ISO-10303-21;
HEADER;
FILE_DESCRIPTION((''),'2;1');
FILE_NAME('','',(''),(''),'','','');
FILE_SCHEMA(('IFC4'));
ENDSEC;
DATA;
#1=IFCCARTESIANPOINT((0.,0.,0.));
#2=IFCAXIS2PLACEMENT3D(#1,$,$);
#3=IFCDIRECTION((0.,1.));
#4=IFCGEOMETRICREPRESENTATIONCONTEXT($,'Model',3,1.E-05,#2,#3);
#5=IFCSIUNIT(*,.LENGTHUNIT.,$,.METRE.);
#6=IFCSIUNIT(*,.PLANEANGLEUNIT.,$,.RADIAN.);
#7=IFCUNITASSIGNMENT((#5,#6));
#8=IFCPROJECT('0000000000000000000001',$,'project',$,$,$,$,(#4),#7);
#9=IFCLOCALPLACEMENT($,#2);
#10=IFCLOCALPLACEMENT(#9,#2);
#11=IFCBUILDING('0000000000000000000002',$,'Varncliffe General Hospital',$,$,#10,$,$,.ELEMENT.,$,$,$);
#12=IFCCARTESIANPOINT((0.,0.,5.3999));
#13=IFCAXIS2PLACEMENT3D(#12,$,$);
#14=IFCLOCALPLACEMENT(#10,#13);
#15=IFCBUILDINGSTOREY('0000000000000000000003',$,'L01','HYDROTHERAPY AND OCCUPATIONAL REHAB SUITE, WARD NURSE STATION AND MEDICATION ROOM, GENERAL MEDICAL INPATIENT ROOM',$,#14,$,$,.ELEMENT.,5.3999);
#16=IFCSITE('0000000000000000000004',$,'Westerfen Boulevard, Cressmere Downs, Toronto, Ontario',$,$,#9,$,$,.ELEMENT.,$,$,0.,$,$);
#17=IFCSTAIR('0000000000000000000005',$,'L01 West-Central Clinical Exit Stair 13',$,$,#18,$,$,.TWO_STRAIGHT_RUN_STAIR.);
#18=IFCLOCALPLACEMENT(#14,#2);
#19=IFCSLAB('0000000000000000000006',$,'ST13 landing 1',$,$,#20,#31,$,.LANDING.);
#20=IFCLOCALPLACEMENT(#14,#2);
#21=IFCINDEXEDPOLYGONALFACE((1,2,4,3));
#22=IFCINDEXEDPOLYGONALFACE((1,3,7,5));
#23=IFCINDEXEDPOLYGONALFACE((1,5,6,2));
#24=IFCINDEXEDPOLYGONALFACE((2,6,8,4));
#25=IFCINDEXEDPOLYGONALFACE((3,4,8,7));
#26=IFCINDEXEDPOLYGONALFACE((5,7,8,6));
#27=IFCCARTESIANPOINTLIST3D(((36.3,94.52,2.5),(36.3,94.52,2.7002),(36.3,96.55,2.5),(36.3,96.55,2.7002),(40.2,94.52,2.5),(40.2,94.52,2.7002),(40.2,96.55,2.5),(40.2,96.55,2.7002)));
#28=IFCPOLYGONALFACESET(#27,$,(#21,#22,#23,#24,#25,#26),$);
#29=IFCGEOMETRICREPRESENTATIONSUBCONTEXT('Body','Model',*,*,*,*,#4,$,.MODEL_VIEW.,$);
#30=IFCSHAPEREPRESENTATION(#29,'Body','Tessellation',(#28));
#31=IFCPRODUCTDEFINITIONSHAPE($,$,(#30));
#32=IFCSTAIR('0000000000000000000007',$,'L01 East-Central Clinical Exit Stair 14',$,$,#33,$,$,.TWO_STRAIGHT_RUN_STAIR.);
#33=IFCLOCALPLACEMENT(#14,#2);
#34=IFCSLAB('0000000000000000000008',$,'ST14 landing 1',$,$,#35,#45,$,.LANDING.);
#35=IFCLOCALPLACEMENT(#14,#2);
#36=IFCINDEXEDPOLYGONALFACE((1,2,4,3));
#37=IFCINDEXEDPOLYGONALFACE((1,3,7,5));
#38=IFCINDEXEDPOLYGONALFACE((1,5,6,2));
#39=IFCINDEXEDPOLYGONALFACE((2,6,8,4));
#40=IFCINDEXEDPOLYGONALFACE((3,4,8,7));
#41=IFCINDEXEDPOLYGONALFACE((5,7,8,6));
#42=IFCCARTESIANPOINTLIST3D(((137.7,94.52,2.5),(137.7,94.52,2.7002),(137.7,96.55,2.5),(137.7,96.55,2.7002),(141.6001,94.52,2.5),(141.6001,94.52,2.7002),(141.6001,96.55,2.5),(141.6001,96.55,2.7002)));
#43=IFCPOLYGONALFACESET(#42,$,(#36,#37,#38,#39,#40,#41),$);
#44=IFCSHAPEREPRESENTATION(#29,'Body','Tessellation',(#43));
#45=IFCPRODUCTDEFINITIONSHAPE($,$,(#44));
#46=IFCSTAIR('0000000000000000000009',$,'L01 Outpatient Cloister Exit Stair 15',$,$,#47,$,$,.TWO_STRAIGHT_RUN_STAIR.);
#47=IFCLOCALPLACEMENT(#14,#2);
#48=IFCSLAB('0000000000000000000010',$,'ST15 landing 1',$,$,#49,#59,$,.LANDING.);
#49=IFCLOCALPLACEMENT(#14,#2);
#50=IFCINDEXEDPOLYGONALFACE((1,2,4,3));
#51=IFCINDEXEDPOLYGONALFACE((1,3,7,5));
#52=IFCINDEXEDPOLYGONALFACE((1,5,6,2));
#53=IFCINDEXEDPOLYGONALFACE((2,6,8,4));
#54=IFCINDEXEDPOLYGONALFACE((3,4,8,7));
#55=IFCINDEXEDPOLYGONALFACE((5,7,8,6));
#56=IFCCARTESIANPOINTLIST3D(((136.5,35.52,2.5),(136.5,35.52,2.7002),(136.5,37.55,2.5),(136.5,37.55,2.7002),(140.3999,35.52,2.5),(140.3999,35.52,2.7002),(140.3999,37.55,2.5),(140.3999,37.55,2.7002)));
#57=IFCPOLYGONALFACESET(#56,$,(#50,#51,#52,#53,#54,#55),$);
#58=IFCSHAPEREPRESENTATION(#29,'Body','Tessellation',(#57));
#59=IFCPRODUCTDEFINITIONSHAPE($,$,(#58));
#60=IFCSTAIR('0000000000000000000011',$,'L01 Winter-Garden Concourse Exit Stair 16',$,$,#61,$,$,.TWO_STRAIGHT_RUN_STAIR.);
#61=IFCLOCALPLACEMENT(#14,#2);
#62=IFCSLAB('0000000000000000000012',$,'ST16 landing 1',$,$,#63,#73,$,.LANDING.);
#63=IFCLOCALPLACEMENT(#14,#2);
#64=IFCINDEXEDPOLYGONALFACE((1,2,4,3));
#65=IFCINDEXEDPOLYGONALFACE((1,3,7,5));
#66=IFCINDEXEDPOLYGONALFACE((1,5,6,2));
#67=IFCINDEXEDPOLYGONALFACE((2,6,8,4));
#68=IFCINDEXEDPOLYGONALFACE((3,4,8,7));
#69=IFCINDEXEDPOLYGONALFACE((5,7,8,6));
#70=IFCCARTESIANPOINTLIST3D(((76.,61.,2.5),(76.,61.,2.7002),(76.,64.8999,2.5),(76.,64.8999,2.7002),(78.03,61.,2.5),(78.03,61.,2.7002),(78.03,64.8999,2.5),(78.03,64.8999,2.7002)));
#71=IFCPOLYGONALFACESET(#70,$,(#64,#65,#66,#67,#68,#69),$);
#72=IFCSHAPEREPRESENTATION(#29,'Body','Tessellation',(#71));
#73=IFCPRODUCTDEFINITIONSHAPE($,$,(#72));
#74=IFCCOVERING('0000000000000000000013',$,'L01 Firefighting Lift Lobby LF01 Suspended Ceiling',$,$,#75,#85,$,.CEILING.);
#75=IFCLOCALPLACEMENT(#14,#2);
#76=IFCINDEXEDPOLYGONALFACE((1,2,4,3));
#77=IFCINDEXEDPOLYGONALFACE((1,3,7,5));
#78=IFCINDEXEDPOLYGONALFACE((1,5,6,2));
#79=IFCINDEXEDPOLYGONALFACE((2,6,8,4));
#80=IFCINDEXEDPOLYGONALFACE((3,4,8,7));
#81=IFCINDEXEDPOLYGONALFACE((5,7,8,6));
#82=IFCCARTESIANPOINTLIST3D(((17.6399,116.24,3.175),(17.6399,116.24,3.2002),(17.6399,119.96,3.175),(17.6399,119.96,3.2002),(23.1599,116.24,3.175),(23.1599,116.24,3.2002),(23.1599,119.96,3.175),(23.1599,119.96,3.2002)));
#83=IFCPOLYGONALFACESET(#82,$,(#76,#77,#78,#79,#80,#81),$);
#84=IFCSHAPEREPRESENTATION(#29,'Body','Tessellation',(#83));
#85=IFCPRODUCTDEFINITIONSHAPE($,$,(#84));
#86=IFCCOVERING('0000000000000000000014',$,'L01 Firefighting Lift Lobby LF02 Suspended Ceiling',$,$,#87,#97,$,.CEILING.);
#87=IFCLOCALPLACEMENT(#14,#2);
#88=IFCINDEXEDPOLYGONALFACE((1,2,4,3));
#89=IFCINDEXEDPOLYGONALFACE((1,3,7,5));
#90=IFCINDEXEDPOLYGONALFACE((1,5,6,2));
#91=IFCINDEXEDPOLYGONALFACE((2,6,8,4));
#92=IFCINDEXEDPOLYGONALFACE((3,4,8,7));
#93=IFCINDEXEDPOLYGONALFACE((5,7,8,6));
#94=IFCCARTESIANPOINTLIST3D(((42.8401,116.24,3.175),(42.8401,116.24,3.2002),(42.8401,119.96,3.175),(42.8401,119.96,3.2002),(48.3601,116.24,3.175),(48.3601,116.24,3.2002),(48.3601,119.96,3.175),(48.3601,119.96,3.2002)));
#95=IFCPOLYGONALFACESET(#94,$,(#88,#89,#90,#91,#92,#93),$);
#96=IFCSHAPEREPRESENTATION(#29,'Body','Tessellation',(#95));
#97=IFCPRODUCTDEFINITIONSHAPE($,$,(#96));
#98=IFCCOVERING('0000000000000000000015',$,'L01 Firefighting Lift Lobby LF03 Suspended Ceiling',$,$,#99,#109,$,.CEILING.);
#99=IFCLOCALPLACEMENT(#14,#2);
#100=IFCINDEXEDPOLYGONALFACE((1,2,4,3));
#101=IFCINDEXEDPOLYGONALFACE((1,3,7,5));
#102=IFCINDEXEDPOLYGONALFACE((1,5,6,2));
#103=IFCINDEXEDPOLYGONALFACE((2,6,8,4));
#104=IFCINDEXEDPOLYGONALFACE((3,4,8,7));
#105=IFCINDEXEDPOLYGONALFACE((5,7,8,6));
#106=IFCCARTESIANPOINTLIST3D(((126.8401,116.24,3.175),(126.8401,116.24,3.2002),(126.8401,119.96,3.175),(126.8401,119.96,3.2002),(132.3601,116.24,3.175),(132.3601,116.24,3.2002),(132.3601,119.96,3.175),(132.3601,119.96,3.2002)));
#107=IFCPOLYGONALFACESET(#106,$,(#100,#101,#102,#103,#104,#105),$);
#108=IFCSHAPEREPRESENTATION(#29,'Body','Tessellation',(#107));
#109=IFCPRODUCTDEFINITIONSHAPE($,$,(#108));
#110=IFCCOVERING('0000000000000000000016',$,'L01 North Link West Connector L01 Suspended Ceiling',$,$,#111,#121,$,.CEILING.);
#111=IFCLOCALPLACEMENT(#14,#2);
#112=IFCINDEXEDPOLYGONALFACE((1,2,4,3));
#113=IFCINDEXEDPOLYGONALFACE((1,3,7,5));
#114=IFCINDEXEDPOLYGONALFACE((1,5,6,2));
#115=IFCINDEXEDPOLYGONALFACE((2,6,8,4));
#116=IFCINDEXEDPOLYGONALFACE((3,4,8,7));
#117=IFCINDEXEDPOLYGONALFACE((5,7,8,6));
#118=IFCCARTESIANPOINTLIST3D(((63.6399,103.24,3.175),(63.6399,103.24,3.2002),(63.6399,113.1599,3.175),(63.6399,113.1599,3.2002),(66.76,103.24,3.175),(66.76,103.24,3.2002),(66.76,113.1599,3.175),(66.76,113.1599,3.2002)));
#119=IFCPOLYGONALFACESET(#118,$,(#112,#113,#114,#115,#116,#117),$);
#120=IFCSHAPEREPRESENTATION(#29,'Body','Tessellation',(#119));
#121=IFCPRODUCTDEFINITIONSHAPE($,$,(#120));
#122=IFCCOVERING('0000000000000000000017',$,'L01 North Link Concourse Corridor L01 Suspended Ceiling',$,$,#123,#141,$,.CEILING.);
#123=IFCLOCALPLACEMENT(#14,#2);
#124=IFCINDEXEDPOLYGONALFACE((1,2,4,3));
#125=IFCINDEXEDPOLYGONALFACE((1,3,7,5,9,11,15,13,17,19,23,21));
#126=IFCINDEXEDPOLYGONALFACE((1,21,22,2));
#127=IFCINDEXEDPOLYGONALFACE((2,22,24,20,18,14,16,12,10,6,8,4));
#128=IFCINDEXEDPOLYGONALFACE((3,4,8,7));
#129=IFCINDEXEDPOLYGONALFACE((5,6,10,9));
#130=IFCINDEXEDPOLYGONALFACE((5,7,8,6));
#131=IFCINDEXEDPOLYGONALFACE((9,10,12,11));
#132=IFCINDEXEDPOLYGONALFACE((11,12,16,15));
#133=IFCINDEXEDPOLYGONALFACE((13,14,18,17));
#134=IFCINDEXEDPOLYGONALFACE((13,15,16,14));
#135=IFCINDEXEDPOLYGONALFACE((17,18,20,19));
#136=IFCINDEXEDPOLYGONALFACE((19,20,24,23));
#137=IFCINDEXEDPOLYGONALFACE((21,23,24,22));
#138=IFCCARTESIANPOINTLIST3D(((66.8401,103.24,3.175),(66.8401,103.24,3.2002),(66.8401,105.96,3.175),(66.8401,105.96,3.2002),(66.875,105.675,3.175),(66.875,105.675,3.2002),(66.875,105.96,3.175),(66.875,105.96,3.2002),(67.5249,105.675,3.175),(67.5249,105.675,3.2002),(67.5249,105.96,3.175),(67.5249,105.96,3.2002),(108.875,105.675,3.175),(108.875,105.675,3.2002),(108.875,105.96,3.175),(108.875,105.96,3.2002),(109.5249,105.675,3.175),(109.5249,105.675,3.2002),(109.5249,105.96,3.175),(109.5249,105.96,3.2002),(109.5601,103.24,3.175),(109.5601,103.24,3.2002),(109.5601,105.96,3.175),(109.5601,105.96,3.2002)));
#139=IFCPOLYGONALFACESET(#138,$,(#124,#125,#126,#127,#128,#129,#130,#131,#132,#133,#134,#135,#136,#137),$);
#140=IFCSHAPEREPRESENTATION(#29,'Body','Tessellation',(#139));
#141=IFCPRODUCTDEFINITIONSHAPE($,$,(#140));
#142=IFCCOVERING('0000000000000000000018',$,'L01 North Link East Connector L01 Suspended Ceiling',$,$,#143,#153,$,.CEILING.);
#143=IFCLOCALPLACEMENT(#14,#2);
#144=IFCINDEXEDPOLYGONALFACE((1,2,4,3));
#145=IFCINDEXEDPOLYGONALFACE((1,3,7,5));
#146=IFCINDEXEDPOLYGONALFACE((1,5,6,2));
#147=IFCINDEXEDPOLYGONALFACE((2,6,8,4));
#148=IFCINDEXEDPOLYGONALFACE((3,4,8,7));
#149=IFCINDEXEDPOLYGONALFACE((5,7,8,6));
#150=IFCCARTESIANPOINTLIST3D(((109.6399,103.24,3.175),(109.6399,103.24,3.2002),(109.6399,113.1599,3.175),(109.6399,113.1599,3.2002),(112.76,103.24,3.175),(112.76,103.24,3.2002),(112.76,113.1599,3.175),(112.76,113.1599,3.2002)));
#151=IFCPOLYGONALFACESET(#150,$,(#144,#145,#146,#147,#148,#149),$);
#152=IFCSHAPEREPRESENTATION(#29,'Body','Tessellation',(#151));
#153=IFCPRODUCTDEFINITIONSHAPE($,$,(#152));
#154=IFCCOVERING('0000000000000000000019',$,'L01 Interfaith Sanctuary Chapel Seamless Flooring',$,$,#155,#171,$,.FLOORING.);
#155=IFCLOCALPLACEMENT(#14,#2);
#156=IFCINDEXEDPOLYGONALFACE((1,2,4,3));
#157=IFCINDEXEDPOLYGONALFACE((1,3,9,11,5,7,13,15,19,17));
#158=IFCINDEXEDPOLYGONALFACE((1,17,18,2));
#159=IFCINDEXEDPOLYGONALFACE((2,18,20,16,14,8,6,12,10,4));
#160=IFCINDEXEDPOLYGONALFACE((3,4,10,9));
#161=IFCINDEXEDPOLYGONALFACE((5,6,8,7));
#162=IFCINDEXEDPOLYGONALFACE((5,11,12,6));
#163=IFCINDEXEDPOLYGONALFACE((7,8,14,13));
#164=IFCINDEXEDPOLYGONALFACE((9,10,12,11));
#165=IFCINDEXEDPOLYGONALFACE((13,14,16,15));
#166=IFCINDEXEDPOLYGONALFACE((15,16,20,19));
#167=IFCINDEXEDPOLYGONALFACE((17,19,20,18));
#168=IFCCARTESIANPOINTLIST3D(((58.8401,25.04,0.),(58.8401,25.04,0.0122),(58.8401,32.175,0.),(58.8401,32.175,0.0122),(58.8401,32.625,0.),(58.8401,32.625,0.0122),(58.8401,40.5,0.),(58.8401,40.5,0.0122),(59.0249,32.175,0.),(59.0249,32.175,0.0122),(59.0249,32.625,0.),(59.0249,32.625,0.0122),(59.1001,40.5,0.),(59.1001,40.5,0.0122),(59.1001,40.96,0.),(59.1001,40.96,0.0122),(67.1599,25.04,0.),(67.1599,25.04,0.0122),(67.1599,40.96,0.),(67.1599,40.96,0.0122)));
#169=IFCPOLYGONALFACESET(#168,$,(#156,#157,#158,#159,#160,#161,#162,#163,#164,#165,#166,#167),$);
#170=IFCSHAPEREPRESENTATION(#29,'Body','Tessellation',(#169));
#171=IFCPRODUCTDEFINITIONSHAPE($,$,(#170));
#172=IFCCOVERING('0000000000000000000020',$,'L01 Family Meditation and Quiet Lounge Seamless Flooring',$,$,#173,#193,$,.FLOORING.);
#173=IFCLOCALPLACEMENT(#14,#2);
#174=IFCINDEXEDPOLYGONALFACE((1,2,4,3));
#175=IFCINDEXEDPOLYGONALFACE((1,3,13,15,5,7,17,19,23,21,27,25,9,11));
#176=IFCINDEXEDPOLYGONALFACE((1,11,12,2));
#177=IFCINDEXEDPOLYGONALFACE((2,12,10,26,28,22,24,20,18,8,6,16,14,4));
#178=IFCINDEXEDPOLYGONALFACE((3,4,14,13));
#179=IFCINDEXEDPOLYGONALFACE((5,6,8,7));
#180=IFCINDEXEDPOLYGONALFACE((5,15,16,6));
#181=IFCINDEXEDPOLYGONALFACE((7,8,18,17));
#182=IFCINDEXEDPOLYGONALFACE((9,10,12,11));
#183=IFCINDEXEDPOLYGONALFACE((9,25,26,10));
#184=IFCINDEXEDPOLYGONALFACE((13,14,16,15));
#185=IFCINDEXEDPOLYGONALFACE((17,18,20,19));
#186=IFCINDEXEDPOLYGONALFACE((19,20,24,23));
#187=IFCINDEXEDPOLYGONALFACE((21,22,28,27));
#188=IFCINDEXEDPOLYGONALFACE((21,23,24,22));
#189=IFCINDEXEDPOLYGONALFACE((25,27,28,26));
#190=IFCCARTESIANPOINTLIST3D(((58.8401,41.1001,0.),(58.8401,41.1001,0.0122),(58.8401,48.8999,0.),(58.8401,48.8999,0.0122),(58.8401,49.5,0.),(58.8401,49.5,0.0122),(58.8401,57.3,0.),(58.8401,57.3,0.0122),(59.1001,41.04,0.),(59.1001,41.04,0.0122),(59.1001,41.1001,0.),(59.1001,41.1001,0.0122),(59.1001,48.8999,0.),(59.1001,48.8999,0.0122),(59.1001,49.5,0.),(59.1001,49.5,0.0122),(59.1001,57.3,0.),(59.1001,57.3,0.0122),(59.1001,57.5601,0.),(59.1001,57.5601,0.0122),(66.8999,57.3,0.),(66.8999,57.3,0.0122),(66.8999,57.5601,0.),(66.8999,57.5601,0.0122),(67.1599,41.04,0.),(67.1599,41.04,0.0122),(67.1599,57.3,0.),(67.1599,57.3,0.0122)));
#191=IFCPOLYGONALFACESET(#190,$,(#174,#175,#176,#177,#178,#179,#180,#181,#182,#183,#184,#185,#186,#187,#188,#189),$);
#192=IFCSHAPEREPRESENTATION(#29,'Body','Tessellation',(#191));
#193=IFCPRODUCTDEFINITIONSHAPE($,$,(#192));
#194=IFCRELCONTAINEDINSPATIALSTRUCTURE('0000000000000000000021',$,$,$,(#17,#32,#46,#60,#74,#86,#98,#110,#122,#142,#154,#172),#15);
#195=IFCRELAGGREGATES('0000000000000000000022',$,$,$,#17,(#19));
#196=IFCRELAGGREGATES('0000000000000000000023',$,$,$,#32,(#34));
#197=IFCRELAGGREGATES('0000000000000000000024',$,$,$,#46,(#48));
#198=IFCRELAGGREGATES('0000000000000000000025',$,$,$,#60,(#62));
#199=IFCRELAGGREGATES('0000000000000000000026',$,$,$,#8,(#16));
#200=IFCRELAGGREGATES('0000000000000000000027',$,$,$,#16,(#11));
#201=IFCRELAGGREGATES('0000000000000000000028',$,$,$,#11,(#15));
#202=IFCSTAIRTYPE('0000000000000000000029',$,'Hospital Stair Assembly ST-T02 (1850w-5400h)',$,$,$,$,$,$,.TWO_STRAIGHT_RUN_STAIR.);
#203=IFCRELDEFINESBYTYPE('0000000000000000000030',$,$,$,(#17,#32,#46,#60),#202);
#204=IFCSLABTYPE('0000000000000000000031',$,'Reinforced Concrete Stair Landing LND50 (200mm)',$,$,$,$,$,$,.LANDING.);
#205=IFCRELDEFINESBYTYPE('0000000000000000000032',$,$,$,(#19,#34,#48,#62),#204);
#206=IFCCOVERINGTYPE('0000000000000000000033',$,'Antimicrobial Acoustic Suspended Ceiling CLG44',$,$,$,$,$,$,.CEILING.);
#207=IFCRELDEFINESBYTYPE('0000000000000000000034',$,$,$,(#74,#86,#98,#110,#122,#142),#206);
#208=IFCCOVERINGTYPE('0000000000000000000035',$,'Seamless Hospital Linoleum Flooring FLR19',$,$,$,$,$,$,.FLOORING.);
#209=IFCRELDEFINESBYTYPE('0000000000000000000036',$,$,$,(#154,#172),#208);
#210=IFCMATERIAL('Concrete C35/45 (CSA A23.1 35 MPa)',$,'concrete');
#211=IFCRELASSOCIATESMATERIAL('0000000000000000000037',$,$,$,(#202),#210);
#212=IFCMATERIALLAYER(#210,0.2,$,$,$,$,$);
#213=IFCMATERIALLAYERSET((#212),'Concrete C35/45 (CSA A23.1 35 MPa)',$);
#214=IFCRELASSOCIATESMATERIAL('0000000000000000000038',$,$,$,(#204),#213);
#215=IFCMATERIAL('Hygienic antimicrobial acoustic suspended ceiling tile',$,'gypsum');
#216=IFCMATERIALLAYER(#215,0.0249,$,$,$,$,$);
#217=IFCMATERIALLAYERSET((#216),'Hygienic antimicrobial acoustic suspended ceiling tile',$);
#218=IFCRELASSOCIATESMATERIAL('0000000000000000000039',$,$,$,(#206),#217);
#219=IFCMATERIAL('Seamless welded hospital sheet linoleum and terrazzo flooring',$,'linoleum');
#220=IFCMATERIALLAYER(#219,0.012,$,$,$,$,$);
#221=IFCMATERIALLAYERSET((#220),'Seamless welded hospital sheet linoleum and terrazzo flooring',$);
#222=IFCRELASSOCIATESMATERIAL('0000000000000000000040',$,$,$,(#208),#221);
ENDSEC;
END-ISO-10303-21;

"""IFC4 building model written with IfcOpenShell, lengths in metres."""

from ifc_helpers import new_model, si_unit, direction, frame, origin, place, context, subcontext, project, spatial, polyline, outline, extrude, material, layer, layer_set, type_object, element, aggregate, save


model = new_model("IFC4")

# Units and contexts
model_context = context("Model", 3, precision=1e-05, world=origin(), true_north=direction((0.0, 1.0)))
body_context = subcontext(model_context, "Body", "Model", "MODEL_VIEW")
ifc_project = project(units=[si_unit("LENGTHUNIT", "METRE"), si_unit("PLANEANGLEUNIT", "RADIAN")], contexts=[model_context])

# Site, building, storey
site_placement = place(None, origin())
site = spatial("IfcSite", under=ifc_project, at=site_placement, Name="Westerfen Boulevard, Cressmere Downs, Toronto, Ontario", CompositionType="ELEMENT", RefElevation=0.0)
building_placement = place(site_placement, origin())
building = spatial("IfcBuilding", under=site, at=building_placement, Name="Varncliffe General Hospital", CompositionType="ELEMENT")
storey_placement = place(building_placement, frame((0.0, 0.0, 5.3999)))
storey = spatial("IfcBuildingStorey", under=building, at=storey_placement, Name="L01", Description="HYDROTHERAPY AND OCCUPATIONAL REHAB SUITE, WARD NURSE STATION AND MEDICATION ROOM, GENERAL MEDICAL INPATIENT ROOM", CompositionType="ELEMENT", Elevation=5.3999)

# Shared definitions
ifc_material_1 = material(Name="Concrete C35/45 (CSA A23.1 35 MPa)", Category="concrete")

# Stairs, slabs
stair_type = type_object("IfcStairType", Name="Hospital Stair Assembly ST-T02 (1850w-5400h)", PredefinedType="TWO_STRAIGHT_RUN_STAIR", material=ifc_material_1)
ifc_layer_1 = layer(ifc_material_1, 0.2)
ifc_layer_set_1 = layer_set([ifc_layer_1], Name="Concrete C35/45 (CSA A23.1 35 MPa)")
slab_type_1 = type_object("IfcSlabType", Name="Reinforced Concrete Stair Landing LND50 (200mm)", PredefinedType="LANDING", material=ifc_layer_set_1)
stair_1_placement = place(storey_placement, origin())
stair_1 = element("IfcStair", 1, at=stair_1_placement, inside=storey, type_object=stair_type, Name="L01 West-Central Clinical Exit Stair 13", PredefinedType="TWO_STRAIGHT_RUN_STAIR")
slab_1_placement = place(storey_placement, frame((0.0, 0.0, 2.5)))
slab_1 = element("IfcSlab", 2, at=slab_1_placement, type_object=slab_type_1, Name="ST13 landing 1", PredefinedType="LANDING", context=body_context, shape_type="SweptSolid", body=[
    extrude(outline(polyline([(40.2, 94.52), (40.2, 96.55), (36.3, 96.55), (36.3, 94.52), (40.2, 94.52)])), origin(), (0.0, 0.0, 1.0), 0.2002),
])
aggregate(stair_1, [slab_1])
stair_2_placement = place(storey_placement, origin())
stair_2 = element("IfcStair", 3, at=stair_2_placement, inside=storey, type_object=stair_type, Name="L01 East-Central Clinical Exit Stair 14", PredefinedType="TWO_STRAIGHT_RUN_STAIR")
slab_2_placement = place(storey_placement, frame((0.0, 0.0, 2.5)))
slab_2 = element("IfcSlab", 4, at=slab_2_placement, type_object=slab_type_1, Name="ST14 landing 1", PredefinedType="LANDING", context=body_context, shape_type="SweptSolid", body=[
    extrude(outline(polyline([(141.6001, 94.52), (141.6001, 96.55), (137.7, 96.55), (137.7, 94.52), (141.6001, 94.52)])), origin(), (0.0, 0.0, 1.0), 0.2002),
])
aggregate(stair_2, [slab_2])
stair_3_placement = place(storey_placement, origin())
stair_3 = element("IfcStair", 5, at=stair_3_placement, inside=storey, type_object=stair_type, Name="L01 Outpatient Cloister Exit Stair 15", PredefinedType="TWO_STRAIGHT_RUN_STAIR")
slab_3_placement = place(storey_placement, frame((0.0, 0.0, 2.5)))
slab_3 = element("IfcSlab", 6, at=slab_3_placement, type_object=slab_type_1, Name="ST15 landing 1", PredefinedType="LANDING", context=body_context, shape_type="SweptSolid", body=[
    extrude(outline(polyline([(140.3999, 35.52), (140.3999, 37.55), (136.5, 37.55), (136.5, 35.52), (140.3999, 35.52)])), origin(), (0.0, 0.0, 1.0), 0.2002),
])
aggregate(stair_3, [slab_3])
stair_4_placement = place(storey_placement, origin())
stair_4 = element("IfcStair", 7, at=stair_4_placement, inside=storey, type_object=stair_type, Name="L01 Winter-Garden Concourse Exit Stair 16", PredefinedType="TWO_STRAIGHT_RUN_STAIR")
slab_4_placement = place(storey_placement, frame((0.0, 0.0, 2.5)))
slab_4 = element("IfcSlab", 8, at=slab_4_placement, type_object=slab_type_1, Name="ST16 landing 1", PredefinedType="LANDING", context=body_context, shape_type="SweptSolid", body=[
    extrude(outline(polyline([(78.03, 64.8999), (76.0, 64.8999), (76.0, 61.0), (78.03, 61.0), (78.03, 64.8999)])), origin(), (0.0, 0.0, 1.0), 0.2002),
])
aggregate(stair_4, [slab_4])

# Coverings
ifc_material_2 = material(Name="Hygienic antimicrobial acoustic suspended ceiling tile", Category="gypsum")
ifc_layer_2 = layer(ifc_material_2, 0.0249)
ifc_layer_set_2 = layer_set([ifc_layer_2], Name="Hygienic antimicrobial acoustic suspended ceiling tile")
covering_type_1 = type_object("IfcCoveringType", Name="Antimicrobial Acoustic Suspended Ceiling CLG44", PredefinedType="CEILING", material=ifc_layer_set_2)
covering_1_placement = place(storey_placement, frame((0.0, 0.0, 3.175)))
element("IfcCovering", 9, at=covering_1_placement, inside=storey, type_object=covering_type_1, Name="L01 Firefighting Lift Lobby LF01 Suspended Ceiling", PredefinedType="CEILING", context=body_context, shape_type="SweptSolid", body=[
    extrude(outline(polyline([(23.1599, 116.24), (23.1599, 119.96), (17.6399, 119.96), (17.6399, 116.24), (23.1599, 116.24)])), origin(), (0.0, 0.0, 1.0), 0.0251),
])
covering_2_placement = place(storey_placement, frame((0.0, 0.0, 3.175)))
element("IfcCovering", 10, at=covering_2_placement, inside=storey, type_object=covering_type_1, Name="L01 Firefighting Lift Lobby LF02 Suspended Ceiling", PredefinedType="CEILING", context=body_context, shape_type="SweptSolid", body=[
    extrude(outline(polyline([(48.3601, 116.24), (48.3601, 119.96), (42.8401, 119.96), (42.8401, 116.24), (48.3601, 116.24)])), origin(), (0.0, 0.0, 1.0), 0.0251),
])
covering_3_placement = place(storey_placement, frame((0.0, 0.0, 3.175)))
element("IfcCovering", 11, at=covering_3_placement, inside=storey, type_object=covering_type_1, Name="L01 Firefighting Lift Lobby LF03 Suspended Ceiling", PredefinedType="CEILING", context=body_context, shape_type="SweptSolid", body=[
    extrude(outline(polyline([(132.3601, 116.24), (132.3601, 119.96), (126.8401, 119.96), (126.8401, 116.24), (132.3601, 116.24)])), origin(), (0.0, 0.0, 1.0), 0.0251),
])
covering_4_placement = place(storey_placement, frame((0.0, 0.0, 3.175)))
element("IfcCovering", 12, at=covering_4_placement, inside=storey, type_object=covering_type_1, Name="L01 North Link West Connector L01 Suspended Ceiling", PredefinedType="CEILING", context=body_context, shape_type="SweptSolid", body=[
    extrude(outline(polyline([(66.76, 103.24), (66.76, 113.1599), (63.6399, 113.1599), (63.6399, 103.24), (66.76, 103.24)])), origin(), (0.0, 0.0, 1.0), 0.0251),
])
covering_5_placement = place(storey_placement, frame((0.0, 0.0, 3.175)))
element("IfcCovering", 13, at=covering_5_placement, inside=storey, type_object=covering_type_1, Name="L01 North Link Concourse Corridor L01 Suspended Ceiling", PredefinedType="CEILING", context=body_context, shape_type="SweptSolid", body=[
    extrude(outline(polyline([(109.5601, 103.24), (66.8401, 103.24), (66.8401, 105.96), (66.875, 105.96), (66.875, 105.675), (67.5249, 105.675), (67.5249, 105.96), (108.875, 105.96), (108.875, 105.675), (109.5249, 105.675), (109.5249, 105.96), (109.5601, 105.96), (109.5601, 103.24)])), origin(), (0.0, 0.0, 1.0), 0.0251),
])
covering_6_placement = place(storey_placement, frame((0.0, 0.0, 3.175)))
element("IfcCovering", 14, at=covering_6_placement, inside=storey, type_object=covering_type_1, Name="L01 North Link East Connector L01 Suspended Ceiling", PredefinedType="CEILING", context=body_context, shape_type="SweptSolid", body=[
    extrude(outline(polyline([(112.76, 103.24), (112.76, 113.1599), (109.6399, 113.1599), (109.6399, 103.24), (112.76, 103.24)])), origin(), (0.0, 0.0, 1.0), 0.0251),
])
ifc_material_3 = material(Name="Seamless welded hospital sheet linoleum and terrazzo flooring", Category="linoleum")
ifc_layer_3 = layer(ifc_material_3, 0.012)
ifc_layer_set_3 = layer_set([ifc_layer_3], Name="Seamless welded hospital sheet linoleum and terrazzo flooring")
covering_type_2 = type_object("IfcCoveringType", Name="Seamless Hospital Linoleum Flooring FLR19", PredefinedType="FLOORING", material=ifc_layer_set_3)
covering_7_placement = place(storey_placement, origin())
element("IfcCovering", 15, at=covering_7_placement, inside=storey, type_object=covering_type_2, Name="L01 Interfaith Sanctuary Chapel Seamless Flooring", PredefinedType="FLOORING", context=body_context, shape_type="SweptSolid", body=[
    extrude(outline(polyline([(67.1599, 40.96), (67.1599, 25.04), (58.8401, 25.04), (58.8401, 32.175), (59.0249, 32.175), (59.0249, 32.625), (58.8401, 32.625), (58.8401, 40.5), (59.1001, 40.5), (59.1001, 40.96), (67.1599, 40.96)])), origin(), (0.0, 0.0, 1.0), 0.0122),
])
covering_8_placement = place(storey_placement, origin())
element("IfcCovering", 16, at=covering_8_placement, inside=storey, type_object=covering_type_2, Name="L01 Family Meditation and Quiet Lounge Seamless Flooring", PredefinedType="FLOORING", context=body_context, shape_type="SweptSolid", body=[
    extrude(outline(polyline([(59.1001, 41.04), (59.1001, 41.1001), (58.8401, 41.1001), (58.8401, 48.8999), (59.1001, 48.8999), (59.1001, 49.5), (58.8401, 49.5), (58.8401, 57.3), (59.1001, 57.3), (59.1001, 57.5601), (66.8999, 57.5601), (66.8999, 57.3), (67.1599, 57.3), (67.1599, 41.04), (59.1001, 41.04)])), origin(), (0.0, 0.0, 1.0), 0.0122),
])

save(model, "model.ifc")
